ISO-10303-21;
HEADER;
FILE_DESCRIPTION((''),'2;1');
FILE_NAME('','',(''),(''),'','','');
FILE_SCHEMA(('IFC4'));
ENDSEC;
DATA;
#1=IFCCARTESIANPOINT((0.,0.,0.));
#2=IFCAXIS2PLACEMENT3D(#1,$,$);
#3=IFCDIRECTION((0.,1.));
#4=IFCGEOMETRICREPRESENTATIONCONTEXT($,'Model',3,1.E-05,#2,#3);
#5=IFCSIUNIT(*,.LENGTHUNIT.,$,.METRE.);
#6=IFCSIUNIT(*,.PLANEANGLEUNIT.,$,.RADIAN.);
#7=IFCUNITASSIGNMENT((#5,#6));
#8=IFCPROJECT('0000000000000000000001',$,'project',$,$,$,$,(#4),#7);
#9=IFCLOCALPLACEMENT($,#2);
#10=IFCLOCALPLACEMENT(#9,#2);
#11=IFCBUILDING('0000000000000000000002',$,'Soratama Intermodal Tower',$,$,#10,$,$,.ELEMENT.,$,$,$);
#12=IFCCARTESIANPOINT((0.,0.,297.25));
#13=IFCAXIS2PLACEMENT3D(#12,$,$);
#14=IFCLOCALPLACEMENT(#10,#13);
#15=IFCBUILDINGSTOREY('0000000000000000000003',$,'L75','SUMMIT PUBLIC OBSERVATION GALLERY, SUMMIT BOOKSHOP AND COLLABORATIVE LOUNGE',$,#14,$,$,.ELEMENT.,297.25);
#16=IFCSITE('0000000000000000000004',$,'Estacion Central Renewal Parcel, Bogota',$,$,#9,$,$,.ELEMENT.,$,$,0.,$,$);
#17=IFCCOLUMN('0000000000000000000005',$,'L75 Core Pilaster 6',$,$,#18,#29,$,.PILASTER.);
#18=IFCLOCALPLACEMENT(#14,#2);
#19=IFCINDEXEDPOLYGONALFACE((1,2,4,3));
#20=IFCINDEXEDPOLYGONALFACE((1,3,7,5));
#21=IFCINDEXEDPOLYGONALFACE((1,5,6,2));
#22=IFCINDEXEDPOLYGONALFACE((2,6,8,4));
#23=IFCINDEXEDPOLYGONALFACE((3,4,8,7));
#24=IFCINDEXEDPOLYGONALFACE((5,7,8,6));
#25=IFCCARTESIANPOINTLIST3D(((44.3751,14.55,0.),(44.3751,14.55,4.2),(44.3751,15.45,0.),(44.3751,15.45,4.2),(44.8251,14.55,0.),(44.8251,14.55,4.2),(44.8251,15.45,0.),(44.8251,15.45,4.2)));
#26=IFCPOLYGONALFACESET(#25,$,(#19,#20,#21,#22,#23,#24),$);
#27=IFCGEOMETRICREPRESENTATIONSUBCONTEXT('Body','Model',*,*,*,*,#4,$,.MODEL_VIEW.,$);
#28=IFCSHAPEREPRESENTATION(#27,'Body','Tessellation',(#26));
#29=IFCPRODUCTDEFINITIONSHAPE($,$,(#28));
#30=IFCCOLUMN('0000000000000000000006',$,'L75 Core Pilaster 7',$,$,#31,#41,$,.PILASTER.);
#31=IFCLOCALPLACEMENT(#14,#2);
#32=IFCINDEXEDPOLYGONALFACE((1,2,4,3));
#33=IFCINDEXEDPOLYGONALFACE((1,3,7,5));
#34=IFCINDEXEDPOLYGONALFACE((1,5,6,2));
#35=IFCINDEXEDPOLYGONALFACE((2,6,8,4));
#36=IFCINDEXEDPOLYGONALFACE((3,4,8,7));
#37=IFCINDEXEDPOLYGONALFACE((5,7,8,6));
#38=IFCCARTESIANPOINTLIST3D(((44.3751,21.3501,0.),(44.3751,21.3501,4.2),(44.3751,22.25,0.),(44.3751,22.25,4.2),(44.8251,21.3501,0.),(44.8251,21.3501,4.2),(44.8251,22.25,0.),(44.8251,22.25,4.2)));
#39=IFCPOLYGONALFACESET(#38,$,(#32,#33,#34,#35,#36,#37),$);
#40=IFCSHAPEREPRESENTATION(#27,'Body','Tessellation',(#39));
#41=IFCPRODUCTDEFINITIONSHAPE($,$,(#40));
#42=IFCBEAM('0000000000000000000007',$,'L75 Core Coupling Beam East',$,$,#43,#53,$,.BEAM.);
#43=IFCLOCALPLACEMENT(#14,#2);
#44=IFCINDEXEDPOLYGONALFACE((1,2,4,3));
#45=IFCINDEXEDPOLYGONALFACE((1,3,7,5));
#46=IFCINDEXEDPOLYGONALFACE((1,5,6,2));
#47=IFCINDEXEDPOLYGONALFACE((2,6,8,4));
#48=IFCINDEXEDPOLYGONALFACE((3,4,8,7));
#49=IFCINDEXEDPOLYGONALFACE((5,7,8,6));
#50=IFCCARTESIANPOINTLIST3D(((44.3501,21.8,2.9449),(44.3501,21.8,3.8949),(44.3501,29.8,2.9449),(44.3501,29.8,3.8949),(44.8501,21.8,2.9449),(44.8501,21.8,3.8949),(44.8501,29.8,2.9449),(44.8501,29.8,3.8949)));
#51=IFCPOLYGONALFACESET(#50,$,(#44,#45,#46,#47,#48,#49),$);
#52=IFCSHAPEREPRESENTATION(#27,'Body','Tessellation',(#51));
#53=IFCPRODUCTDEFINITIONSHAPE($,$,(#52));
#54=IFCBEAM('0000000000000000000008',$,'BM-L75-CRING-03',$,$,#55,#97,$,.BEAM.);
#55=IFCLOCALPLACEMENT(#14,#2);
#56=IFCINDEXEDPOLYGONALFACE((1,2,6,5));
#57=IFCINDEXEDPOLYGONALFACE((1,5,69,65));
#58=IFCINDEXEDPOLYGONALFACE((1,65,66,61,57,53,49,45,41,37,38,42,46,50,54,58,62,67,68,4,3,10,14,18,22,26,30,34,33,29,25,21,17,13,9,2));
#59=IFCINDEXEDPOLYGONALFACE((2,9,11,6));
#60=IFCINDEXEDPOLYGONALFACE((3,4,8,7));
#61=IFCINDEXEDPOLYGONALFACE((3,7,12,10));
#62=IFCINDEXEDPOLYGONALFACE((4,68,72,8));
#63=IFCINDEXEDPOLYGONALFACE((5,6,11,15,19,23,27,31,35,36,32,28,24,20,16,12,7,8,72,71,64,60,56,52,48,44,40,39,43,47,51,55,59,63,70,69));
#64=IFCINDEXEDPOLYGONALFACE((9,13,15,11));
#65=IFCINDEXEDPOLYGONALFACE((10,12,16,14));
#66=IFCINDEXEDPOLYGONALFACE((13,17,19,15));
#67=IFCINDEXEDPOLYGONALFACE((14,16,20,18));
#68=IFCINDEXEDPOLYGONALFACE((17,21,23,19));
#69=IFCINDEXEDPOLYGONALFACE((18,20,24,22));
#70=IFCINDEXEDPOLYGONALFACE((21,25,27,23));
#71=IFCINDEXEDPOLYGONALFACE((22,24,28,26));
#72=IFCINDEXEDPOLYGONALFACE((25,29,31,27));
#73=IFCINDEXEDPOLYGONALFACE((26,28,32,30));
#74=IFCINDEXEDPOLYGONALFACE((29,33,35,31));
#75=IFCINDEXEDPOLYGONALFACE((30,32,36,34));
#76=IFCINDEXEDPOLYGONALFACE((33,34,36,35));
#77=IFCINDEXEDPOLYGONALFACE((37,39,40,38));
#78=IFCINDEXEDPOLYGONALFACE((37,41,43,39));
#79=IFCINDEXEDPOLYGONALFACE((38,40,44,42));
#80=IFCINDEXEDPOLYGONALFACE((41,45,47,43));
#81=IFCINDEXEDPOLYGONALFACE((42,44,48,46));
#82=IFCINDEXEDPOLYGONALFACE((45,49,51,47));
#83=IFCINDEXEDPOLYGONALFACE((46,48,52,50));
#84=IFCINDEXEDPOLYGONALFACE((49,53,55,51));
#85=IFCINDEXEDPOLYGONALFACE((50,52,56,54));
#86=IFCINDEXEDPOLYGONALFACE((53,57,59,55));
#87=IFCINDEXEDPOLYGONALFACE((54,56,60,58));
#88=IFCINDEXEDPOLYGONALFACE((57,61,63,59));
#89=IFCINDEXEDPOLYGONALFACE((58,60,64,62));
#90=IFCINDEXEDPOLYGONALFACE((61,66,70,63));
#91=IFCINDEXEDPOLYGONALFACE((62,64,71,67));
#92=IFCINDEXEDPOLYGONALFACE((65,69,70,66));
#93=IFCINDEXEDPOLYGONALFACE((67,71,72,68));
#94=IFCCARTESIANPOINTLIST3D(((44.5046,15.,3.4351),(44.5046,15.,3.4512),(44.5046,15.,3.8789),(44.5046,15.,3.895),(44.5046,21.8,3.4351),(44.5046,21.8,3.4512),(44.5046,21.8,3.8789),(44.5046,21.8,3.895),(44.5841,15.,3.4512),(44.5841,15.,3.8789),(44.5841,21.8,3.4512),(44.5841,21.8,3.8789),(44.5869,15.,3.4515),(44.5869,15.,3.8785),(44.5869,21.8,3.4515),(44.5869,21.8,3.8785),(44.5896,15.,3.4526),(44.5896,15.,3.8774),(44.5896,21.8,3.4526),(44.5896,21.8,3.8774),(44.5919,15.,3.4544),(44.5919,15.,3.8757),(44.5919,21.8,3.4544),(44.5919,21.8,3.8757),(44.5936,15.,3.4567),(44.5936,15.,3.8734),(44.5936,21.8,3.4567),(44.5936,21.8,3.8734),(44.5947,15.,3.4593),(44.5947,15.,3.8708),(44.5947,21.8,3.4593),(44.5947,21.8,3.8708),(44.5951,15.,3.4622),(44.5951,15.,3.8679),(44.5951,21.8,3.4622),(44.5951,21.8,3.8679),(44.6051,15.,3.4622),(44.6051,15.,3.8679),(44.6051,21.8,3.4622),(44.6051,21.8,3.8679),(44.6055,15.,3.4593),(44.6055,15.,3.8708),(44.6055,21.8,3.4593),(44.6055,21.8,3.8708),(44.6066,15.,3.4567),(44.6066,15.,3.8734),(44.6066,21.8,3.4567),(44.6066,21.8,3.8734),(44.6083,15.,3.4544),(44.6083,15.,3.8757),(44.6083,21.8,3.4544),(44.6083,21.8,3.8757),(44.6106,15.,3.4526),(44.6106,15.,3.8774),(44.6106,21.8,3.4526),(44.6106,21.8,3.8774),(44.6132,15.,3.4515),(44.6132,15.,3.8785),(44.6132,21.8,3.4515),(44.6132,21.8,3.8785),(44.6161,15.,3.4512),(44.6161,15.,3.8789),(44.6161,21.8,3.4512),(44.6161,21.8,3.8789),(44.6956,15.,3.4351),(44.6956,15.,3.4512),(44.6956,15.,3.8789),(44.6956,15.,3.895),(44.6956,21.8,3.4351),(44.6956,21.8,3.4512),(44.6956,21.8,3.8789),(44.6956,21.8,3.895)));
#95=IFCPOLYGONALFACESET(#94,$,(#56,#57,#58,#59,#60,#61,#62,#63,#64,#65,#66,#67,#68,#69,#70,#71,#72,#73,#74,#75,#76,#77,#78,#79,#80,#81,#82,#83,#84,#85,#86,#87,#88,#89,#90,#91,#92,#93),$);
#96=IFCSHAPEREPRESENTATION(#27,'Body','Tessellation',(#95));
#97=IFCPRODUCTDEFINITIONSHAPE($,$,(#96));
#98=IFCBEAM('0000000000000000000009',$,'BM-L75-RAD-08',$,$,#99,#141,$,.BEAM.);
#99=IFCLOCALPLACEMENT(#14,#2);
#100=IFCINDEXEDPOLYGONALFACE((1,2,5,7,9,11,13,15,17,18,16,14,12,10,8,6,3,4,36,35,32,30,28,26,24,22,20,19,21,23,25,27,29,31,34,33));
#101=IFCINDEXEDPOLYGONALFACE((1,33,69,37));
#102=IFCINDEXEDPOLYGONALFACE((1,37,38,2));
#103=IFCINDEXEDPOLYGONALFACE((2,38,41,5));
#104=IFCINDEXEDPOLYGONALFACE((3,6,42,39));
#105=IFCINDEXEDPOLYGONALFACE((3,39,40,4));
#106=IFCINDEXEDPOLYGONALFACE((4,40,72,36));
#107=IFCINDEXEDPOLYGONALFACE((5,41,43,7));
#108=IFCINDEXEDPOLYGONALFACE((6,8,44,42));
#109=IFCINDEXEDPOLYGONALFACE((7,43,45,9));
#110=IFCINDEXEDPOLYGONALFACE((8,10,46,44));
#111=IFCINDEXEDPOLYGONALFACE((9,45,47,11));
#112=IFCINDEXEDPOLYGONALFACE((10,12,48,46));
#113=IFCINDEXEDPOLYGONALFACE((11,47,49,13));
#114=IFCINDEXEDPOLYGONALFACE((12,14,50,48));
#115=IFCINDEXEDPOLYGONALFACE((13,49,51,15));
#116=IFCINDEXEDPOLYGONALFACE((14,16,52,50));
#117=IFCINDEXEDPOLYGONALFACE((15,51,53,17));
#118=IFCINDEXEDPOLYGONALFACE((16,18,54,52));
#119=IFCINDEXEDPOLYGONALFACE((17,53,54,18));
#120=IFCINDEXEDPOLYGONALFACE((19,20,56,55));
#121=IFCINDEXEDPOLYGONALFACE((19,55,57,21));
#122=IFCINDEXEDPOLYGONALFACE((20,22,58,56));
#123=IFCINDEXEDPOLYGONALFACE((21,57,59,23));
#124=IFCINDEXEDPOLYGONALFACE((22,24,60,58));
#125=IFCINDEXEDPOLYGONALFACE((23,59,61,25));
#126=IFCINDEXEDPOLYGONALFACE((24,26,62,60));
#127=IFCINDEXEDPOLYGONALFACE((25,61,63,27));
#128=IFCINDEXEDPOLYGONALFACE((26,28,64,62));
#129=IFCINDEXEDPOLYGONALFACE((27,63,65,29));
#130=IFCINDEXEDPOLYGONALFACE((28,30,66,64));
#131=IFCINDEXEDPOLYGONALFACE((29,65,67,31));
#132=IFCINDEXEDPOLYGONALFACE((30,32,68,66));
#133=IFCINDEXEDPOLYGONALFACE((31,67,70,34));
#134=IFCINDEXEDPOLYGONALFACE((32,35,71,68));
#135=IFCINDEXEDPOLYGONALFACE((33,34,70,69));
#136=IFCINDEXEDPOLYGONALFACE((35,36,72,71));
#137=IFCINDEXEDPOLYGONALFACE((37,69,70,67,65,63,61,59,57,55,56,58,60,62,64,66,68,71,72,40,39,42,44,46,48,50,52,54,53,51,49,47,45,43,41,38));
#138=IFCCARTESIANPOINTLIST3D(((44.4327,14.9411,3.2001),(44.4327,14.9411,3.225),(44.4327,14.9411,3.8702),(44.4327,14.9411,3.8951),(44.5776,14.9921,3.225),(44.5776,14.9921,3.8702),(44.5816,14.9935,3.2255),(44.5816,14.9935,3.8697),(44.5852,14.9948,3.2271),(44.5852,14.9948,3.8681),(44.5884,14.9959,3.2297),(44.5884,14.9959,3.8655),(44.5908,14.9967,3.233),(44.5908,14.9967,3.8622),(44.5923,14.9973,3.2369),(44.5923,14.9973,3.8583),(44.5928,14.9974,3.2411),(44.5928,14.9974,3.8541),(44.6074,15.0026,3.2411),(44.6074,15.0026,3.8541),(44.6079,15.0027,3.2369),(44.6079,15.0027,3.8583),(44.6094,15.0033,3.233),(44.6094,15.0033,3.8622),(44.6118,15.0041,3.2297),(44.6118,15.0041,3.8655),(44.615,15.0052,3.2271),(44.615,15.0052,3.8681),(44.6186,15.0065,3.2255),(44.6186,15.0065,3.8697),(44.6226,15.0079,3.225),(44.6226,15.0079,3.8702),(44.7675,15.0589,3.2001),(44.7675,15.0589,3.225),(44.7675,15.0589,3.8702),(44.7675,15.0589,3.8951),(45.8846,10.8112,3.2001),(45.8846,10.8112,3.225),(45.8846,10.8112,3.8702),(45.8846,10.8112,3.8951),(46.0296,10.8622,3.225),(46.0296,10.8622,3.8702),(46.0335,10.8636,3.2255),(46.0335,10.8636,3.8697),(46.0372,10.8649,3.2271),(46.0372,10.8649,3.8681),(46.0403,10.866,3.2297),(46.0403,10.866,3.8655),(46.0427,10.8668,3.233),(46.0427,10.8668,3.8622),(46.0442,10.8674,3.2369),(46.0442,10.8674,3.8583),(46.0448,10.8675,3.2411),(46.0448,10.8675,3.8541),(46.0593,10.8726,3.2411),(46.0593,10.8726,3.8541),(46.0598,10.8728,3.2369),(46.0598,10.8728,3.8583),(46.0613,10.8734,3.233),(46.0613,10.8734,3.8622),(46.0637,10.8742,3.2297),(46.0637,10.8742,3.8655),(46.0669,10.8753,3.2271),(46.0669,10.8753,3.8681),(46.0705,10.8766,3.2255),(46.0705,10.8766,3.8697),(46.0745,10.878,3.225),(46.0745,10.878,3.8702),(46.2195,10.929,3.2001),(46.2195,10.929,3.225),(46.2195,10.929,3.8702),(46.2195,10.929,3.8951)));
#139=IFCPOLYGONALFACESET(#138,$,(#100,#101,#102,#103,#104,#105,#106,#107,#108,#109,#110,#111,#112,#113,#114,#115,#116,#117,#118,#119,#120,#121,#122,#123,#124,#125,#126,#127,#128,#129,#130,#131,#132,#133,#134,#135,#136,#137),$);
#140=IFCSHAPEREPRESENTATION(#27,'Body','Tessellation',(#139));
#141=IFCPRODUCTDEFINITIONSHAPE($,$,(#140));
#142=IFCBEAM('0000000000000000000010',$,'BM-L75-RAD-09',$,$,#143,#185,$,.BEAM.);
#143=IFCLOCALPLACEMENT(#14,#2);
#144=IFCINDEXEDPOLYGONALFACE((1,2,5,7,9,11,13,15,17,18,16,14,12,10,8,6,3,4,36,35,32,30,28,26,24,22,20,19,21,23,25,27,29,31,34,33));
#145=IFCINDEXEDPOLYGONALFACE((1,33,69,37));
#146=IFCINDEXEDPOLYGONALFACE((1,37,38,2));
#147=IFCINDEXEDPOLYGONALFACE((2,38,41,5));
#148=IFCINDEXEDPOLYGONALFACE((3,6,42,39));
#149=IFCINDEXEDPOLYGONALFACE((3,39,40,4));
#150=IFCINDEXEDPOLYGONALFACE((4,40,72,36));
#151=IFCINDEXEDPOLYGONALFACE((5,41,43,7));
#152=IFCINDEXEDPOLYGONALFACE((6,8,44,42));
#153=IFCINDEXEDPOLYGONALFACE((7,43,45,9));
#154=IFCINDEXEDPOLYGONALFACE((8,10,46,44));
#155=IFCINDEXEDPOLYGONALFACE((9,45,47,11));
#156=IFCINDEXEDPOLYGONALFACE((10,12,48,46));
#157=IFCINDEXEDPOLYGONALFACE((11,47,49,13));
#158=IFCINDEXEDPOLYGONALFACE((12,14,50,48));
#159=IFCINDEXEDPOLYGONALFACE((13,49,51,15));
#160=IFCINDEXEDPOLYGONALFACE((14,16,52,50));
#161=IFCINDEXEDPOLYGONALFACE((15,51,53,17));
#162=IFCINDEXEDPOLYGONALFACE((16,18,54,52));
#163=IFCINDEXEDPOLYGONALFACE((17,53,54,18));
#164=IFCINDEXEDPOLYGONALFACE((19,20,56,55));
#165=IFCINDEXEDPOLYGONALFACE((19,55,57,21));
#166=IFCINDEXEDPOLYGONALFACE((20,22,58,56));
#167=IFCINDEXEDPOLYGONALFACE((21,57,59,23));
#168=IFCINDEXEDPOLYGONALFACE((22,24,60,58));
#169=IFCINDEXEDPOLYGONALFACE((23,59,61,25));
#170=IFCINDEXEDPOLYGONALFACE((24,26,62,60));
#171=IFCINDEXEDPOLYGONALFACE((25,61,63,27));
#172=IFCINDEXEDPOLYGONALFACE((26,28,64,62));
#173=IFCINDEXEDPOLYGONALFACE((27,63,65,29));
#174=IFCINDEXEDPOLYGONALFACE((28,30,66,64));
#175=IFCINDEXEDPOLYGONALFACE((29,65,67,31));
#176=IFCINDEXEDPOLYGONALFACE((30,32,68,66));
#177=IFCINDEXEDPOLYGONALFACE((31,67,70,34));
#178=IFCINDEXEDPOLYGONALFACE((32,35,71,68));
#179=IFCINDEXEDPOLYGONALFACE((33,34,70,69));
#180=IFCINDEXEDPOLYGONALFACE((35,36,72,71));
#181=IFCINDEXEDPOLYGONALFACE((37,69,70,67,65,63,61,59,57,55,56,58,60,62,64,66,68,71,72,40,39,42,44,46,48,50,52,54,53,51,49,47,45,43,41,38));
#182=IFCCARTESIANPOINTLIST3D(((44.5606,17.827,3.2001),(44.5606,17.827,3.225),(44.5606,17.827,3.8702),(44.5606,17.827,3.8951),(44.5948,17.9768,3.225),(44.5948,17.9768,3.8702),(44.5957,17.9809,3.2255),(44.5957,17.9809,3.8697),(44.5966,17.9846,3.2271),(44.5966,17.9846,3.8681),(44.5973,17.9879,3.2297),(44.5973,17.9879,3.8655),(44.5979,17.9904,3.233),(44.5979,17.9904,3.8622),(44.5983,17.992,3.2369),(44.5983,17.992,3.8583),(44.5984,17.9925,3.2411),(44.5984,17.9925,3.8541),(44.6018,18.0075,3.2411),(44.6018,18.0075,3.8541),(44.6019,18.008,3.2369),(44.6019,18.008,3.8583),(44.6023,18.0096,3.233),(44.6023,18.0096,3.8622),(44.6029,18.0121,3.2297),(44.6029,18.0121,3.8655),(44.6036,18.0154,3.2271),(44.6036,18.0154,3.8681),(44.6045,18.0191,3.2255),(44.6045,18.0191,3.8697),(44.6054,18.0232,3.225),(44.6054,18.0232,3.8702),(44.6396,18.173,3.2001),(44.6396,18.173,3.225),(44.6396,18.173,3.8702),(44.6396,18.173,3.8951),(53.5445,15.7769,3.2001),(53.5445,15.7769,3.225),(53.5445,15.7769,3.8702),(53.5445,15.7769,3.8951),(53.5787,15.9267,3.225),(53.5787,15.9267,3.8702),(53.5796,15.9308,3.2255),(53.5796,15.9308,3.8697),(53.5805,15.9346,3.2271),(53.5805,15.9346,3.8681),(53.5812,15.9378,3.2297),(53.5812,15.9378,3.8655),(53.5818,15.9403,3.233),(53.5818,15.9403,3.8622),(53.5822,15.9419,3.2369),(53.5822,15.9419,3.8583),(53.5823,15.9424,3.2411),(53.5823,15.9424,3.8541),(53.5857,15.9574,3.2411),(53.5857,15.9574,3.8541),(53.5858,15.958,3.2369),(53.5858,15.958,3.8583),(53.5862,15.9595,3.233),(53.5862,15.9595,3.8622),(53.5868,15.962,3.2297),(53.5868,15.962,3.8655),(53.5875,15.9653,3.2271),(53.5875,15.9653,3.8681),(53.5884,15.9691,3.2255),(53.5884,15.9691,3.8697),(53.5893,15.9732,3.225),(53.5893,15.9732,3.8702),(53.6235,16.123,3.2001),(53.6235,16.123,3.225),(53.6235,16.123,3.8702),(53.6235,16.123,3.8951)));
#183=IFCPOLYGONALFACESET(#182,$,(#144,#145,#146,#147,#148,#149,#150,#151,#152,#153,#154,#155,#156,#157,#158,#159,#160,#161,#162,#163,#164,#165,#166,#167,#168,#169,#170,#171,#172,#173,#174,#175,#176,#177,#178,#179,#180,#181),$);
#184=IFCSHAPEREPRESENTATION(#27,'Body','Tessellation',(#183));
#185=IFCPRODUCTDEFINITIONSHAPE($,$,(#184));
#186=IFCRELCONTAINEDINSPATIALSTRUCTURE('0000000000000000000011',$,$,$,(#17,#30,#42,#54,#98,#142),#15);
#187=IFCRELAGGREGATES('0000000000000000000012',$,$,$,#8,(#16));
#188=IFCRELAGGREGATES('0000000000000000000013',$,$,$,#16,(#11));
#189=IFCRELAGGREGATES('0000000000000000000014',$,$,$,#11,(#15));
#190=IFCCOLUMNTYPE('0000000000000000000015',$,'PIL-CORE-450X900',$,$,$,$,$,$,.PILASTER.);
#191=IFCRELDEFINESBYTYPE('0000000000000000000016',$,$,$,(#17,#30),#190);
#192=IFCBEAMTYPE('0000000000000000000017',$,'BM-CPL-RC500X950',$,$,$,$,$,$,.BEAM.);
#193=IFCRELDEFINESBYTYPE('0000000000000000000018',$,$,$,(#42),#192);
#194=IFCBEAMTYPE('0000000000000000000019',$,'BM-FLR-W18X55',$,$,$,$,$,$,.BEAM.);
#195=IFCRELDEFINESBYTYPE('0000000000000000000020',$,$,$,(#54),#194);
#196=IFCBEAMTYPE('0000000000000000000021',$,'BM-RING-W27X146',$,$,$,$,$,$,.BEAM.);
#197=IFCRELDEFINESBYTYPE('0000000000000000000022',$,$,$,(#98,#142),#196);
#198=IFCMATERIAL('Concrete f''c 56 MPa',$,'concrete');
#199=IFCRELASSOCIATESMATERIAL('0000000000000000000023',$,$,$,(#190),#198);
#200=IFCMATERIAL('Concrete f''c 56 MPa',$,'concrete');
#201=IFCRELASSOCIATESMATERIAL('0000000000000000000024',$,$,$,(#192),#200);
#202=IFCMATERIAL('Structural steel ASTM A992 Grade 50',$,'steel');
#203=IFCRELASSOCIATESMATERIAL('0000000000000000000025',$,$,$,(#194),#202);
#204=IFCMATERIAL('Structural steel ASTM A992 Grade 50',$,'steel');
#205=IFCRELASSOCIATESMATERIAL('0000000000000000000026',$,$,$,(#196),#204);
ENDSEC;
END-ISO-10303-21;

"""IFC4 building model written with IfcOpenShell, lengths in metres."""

from ifc_helpers import new_model, si_unit, direction, frame, origin, origin_2d, place, context, subcontext, project, spatial, rectangle, i_section, extrude, material, material_profile, profile_set, type_object, element, save


model = new_model("IFC4")

# Units and contexts
model_context = context("Model", 3, precision=1e-05, world=origin(), true_north=direction((0.0, 1.0)))
body_context = subcontext(model_context, "Body", "Model", "MODEL_VIEW")
ifc_project = project(units=[si_unit("LENGTHUNIT", "METRE"), si_unit("PLANEANGLEUNIT", "RADIAN")], contexts=[model_context])

# Site, building, storey
site_placement = place(None, origin())
site = spatial("IfcSite", under=ifc_project, at=site_placement, Name="Estacion Central Renewal Parcel, Bogota", CompositionType="ELEMENT", RefElevation=0.0)
building_placement = place(site_placement, origin())
building = spatial("IfcBuilding", under=site, at=building_placement, Name="Soratama Intermodal Tower", CompositionType="ELEMENT")
storey_placement = place(building_placement, frame((0.0, 0.0, 297.25)))
storey = spatial("IfcBuildingStorey", under=building, at=storey_placement, Name="L75", Description="SUMMIT PUBLIC OBSERVATION GALLERY, SUMMIT BOOKSHOP AND COLLABORATIVE LOUNGE", CompositionType="ELEMENT", Elevation=297.25)

# Columns
ifc_material_1 = material(Name="Concrete f'c 56 MPa", Category="concrete")
ifc_material_profile_1 = material_profile(ifc_material_1, rectangle(XDim=0.45, YDim=0.8999, at=origin_2d()), Name="RC450X900")
ifc_profile_set_1 = profile_set([ifc_material_profile_1], Name="Concrete f'c 56 MPa")
column_type = type_object("IfcColumnType", Name="PIL-CORE-450X900", PredefinedType="PILASTER", material=ifc_profile_set_1)
for number, where, z_axis, x_axis, name in (
    (1, (44.6001, 15.0, 0.0), (0.0, 0.0, 1.0), (1.0, 0.0, 0.0), "L75 Core Pilaster 6"),
    (2, (44.6001, 21.8, 0.0), (0.0, 0.0, 1.0), (1.0, 0.0, 0.0), "L75 Core Pilaster 7"),
):
    element("IfcColumn", number, at=place(storey_placement, frame(where, z_axis=z_axis, x_axis=x_axis)), inside=storey, type_object=column_type, Name=name, PredefinedType="PILASTER", context=body_context, shape_type="SweptSolid", body=[
        extrude(rectangle(XDim=0.45, YDim=0.8999, at=origin_2d()), origin(), (0.0, 0.0, 1.0), 4.2),
    ])

# Beams
ifc_material_2 = material(Name="Concrete f'c 56 MPa", Category="concrete")
ifc_material_profile_2 = material_profile(ifc_material_2, rectangle(XDim=0.5, YDim=0.95, at=origin_2d()), Name="RC500X950")
ifc_profile_set_2 = profile_set([ifc_material_profile_2], Name="Concrete f'c 56 MPa")
beam_type_1 = type_object("IfcBeamType", Name="BM-CPL-RC500X950", PredefinedType="BEAM", material=ifc_profile_set_2)
beam_1_placement = place(storey_placement, frame((44.6001, 21.8, 3.4199), z_axis=(0.0, 1.0, 0.0), x_axis=(-1.0, 0.0, 0.0)))
element("IfcBeam", 3, at=beam_1_placement, inside=storey, type_object=beam_type_1, Name="L75 Core Coupling Beam East", PredefinedType="BEAM", context=body_context, shape_type="SweptSolid", body=[
    extrude(rectangle(XDim=0.5, YDim=0.95, at=origin_2d()), origin(), (0.0, 0.0, 1.0), 8.0),
])
ifc_material_3 = material(Name="Structural steel ASTM A992 Grade 50", Category="steel")
ifc_material_profile_3 = material_profile(ifc_material_3, i_section(OverallWidth=0.1909, OverallDepth=0.46, WebThickness=0.01, FlangeThickness=0.0161, FilletRadius=0.011, at=origin_2d()), Name="W18X55")
ifc_profile_set_3 = profile_set([ifc_material_profile_3], Name="Structural steel ASTM A992 Grade 50")
beam_type_2 = type_object("IfcBeamType", Name="BM-FLR-W18X55", PredefinedType="BEAM", material=ifc_profile_set_3)
beam_2_placement = place(storey_placement, frame((44.6001, 15.0, 3.665), z_axis=(0.0, 1.0, 0.0), x_axis=(-1.0, 0.0, 0.0)))
element("IfcBeam", 4, at=beam_2_placement, inside=storey, type_object=beam_type_2, Name="BM-L75-CRING-03", PredefinedType="BEAM", context=body_context, shape_type="SweptSolid", body=[
    extrude(i_section(OverallWidth=0.1909, OverallDepth=0.46, WebThickness=0.01, FlangeThickness=0.0161, FilletRadius=0.011, at=origin_2d()), origin(), (0.0, 0.0, 1.0), 6.8),
])
ifc_material_4 = material(Name="Structural steel ASTM A992 Grade 50", Category="steel")
ifc_material_profile_4 = material_profile(ifc_material_4, i_section(OverallWidth=0.355, OverallDepth=0.6951, WebThickness=0.0154, FlangeThickness=0.0249, FilletRadius=0.0161, at=origin_2d()), Name="W27X146")
ifc_profile_set_4 = profile_set([ifc_material_profile_4], Name="Structural steel ASTM A992 Grade 50")
beam_type_3 = type_object("IfcBeamType", Name="BM-RING-W27X146", PredefinedType="BEAM", material=ifc_profile_set_4)
beam_3_placement = place(storey_placement, frame((44.6001, 15.0, 3.5476), z_axis=(0.331662, -0.943398, 0.0), x_axis=(0.943398, 0.331662, 0.0)))
element("IfcBeam", 5, at=beam_3_placement, inside=storey, type_object=beam_type_3, Name="BM-L75-RAD-08", PredefinedType="BEAM", context=body_context, shape_type="SweptSolid", body=[
    extrude(i_section(OverallWidth=0.355, OverallDepth=0.6951, WebThickness=0.0154, FlangeThickness=0.0249, FilletRadius=0.0161, at=origin_2d()), origin(), (0.0, 0.0, 1.0), 4.3777),
])
beam_4_placement = place(storey_placement, frame((44.6001, 18.0, 3.5476), z_axis=(0.974939, -0.222473, 0.0), x_axis=(0.222473, 0.974939, 0.0)))
element("IfcBeam", 6, at=beam_4_placement, inside=storey, type_object=beam_type_3, Name="BM-L75-RAD-09", PredefinedType="BEAM", context=body_context, shape_type="SweptSolid", body=[
    extrude(i_section(OverallWidth=0.355, OverallDepth=0.6951, WebThickness=0.0154, FlangeThickness=0.0249, FilletRadius=0.0161, at=origin_2d()), origin(), (0.0, 0.0, 1.0), 9.2148),
])

save(model, "model.ifc")
